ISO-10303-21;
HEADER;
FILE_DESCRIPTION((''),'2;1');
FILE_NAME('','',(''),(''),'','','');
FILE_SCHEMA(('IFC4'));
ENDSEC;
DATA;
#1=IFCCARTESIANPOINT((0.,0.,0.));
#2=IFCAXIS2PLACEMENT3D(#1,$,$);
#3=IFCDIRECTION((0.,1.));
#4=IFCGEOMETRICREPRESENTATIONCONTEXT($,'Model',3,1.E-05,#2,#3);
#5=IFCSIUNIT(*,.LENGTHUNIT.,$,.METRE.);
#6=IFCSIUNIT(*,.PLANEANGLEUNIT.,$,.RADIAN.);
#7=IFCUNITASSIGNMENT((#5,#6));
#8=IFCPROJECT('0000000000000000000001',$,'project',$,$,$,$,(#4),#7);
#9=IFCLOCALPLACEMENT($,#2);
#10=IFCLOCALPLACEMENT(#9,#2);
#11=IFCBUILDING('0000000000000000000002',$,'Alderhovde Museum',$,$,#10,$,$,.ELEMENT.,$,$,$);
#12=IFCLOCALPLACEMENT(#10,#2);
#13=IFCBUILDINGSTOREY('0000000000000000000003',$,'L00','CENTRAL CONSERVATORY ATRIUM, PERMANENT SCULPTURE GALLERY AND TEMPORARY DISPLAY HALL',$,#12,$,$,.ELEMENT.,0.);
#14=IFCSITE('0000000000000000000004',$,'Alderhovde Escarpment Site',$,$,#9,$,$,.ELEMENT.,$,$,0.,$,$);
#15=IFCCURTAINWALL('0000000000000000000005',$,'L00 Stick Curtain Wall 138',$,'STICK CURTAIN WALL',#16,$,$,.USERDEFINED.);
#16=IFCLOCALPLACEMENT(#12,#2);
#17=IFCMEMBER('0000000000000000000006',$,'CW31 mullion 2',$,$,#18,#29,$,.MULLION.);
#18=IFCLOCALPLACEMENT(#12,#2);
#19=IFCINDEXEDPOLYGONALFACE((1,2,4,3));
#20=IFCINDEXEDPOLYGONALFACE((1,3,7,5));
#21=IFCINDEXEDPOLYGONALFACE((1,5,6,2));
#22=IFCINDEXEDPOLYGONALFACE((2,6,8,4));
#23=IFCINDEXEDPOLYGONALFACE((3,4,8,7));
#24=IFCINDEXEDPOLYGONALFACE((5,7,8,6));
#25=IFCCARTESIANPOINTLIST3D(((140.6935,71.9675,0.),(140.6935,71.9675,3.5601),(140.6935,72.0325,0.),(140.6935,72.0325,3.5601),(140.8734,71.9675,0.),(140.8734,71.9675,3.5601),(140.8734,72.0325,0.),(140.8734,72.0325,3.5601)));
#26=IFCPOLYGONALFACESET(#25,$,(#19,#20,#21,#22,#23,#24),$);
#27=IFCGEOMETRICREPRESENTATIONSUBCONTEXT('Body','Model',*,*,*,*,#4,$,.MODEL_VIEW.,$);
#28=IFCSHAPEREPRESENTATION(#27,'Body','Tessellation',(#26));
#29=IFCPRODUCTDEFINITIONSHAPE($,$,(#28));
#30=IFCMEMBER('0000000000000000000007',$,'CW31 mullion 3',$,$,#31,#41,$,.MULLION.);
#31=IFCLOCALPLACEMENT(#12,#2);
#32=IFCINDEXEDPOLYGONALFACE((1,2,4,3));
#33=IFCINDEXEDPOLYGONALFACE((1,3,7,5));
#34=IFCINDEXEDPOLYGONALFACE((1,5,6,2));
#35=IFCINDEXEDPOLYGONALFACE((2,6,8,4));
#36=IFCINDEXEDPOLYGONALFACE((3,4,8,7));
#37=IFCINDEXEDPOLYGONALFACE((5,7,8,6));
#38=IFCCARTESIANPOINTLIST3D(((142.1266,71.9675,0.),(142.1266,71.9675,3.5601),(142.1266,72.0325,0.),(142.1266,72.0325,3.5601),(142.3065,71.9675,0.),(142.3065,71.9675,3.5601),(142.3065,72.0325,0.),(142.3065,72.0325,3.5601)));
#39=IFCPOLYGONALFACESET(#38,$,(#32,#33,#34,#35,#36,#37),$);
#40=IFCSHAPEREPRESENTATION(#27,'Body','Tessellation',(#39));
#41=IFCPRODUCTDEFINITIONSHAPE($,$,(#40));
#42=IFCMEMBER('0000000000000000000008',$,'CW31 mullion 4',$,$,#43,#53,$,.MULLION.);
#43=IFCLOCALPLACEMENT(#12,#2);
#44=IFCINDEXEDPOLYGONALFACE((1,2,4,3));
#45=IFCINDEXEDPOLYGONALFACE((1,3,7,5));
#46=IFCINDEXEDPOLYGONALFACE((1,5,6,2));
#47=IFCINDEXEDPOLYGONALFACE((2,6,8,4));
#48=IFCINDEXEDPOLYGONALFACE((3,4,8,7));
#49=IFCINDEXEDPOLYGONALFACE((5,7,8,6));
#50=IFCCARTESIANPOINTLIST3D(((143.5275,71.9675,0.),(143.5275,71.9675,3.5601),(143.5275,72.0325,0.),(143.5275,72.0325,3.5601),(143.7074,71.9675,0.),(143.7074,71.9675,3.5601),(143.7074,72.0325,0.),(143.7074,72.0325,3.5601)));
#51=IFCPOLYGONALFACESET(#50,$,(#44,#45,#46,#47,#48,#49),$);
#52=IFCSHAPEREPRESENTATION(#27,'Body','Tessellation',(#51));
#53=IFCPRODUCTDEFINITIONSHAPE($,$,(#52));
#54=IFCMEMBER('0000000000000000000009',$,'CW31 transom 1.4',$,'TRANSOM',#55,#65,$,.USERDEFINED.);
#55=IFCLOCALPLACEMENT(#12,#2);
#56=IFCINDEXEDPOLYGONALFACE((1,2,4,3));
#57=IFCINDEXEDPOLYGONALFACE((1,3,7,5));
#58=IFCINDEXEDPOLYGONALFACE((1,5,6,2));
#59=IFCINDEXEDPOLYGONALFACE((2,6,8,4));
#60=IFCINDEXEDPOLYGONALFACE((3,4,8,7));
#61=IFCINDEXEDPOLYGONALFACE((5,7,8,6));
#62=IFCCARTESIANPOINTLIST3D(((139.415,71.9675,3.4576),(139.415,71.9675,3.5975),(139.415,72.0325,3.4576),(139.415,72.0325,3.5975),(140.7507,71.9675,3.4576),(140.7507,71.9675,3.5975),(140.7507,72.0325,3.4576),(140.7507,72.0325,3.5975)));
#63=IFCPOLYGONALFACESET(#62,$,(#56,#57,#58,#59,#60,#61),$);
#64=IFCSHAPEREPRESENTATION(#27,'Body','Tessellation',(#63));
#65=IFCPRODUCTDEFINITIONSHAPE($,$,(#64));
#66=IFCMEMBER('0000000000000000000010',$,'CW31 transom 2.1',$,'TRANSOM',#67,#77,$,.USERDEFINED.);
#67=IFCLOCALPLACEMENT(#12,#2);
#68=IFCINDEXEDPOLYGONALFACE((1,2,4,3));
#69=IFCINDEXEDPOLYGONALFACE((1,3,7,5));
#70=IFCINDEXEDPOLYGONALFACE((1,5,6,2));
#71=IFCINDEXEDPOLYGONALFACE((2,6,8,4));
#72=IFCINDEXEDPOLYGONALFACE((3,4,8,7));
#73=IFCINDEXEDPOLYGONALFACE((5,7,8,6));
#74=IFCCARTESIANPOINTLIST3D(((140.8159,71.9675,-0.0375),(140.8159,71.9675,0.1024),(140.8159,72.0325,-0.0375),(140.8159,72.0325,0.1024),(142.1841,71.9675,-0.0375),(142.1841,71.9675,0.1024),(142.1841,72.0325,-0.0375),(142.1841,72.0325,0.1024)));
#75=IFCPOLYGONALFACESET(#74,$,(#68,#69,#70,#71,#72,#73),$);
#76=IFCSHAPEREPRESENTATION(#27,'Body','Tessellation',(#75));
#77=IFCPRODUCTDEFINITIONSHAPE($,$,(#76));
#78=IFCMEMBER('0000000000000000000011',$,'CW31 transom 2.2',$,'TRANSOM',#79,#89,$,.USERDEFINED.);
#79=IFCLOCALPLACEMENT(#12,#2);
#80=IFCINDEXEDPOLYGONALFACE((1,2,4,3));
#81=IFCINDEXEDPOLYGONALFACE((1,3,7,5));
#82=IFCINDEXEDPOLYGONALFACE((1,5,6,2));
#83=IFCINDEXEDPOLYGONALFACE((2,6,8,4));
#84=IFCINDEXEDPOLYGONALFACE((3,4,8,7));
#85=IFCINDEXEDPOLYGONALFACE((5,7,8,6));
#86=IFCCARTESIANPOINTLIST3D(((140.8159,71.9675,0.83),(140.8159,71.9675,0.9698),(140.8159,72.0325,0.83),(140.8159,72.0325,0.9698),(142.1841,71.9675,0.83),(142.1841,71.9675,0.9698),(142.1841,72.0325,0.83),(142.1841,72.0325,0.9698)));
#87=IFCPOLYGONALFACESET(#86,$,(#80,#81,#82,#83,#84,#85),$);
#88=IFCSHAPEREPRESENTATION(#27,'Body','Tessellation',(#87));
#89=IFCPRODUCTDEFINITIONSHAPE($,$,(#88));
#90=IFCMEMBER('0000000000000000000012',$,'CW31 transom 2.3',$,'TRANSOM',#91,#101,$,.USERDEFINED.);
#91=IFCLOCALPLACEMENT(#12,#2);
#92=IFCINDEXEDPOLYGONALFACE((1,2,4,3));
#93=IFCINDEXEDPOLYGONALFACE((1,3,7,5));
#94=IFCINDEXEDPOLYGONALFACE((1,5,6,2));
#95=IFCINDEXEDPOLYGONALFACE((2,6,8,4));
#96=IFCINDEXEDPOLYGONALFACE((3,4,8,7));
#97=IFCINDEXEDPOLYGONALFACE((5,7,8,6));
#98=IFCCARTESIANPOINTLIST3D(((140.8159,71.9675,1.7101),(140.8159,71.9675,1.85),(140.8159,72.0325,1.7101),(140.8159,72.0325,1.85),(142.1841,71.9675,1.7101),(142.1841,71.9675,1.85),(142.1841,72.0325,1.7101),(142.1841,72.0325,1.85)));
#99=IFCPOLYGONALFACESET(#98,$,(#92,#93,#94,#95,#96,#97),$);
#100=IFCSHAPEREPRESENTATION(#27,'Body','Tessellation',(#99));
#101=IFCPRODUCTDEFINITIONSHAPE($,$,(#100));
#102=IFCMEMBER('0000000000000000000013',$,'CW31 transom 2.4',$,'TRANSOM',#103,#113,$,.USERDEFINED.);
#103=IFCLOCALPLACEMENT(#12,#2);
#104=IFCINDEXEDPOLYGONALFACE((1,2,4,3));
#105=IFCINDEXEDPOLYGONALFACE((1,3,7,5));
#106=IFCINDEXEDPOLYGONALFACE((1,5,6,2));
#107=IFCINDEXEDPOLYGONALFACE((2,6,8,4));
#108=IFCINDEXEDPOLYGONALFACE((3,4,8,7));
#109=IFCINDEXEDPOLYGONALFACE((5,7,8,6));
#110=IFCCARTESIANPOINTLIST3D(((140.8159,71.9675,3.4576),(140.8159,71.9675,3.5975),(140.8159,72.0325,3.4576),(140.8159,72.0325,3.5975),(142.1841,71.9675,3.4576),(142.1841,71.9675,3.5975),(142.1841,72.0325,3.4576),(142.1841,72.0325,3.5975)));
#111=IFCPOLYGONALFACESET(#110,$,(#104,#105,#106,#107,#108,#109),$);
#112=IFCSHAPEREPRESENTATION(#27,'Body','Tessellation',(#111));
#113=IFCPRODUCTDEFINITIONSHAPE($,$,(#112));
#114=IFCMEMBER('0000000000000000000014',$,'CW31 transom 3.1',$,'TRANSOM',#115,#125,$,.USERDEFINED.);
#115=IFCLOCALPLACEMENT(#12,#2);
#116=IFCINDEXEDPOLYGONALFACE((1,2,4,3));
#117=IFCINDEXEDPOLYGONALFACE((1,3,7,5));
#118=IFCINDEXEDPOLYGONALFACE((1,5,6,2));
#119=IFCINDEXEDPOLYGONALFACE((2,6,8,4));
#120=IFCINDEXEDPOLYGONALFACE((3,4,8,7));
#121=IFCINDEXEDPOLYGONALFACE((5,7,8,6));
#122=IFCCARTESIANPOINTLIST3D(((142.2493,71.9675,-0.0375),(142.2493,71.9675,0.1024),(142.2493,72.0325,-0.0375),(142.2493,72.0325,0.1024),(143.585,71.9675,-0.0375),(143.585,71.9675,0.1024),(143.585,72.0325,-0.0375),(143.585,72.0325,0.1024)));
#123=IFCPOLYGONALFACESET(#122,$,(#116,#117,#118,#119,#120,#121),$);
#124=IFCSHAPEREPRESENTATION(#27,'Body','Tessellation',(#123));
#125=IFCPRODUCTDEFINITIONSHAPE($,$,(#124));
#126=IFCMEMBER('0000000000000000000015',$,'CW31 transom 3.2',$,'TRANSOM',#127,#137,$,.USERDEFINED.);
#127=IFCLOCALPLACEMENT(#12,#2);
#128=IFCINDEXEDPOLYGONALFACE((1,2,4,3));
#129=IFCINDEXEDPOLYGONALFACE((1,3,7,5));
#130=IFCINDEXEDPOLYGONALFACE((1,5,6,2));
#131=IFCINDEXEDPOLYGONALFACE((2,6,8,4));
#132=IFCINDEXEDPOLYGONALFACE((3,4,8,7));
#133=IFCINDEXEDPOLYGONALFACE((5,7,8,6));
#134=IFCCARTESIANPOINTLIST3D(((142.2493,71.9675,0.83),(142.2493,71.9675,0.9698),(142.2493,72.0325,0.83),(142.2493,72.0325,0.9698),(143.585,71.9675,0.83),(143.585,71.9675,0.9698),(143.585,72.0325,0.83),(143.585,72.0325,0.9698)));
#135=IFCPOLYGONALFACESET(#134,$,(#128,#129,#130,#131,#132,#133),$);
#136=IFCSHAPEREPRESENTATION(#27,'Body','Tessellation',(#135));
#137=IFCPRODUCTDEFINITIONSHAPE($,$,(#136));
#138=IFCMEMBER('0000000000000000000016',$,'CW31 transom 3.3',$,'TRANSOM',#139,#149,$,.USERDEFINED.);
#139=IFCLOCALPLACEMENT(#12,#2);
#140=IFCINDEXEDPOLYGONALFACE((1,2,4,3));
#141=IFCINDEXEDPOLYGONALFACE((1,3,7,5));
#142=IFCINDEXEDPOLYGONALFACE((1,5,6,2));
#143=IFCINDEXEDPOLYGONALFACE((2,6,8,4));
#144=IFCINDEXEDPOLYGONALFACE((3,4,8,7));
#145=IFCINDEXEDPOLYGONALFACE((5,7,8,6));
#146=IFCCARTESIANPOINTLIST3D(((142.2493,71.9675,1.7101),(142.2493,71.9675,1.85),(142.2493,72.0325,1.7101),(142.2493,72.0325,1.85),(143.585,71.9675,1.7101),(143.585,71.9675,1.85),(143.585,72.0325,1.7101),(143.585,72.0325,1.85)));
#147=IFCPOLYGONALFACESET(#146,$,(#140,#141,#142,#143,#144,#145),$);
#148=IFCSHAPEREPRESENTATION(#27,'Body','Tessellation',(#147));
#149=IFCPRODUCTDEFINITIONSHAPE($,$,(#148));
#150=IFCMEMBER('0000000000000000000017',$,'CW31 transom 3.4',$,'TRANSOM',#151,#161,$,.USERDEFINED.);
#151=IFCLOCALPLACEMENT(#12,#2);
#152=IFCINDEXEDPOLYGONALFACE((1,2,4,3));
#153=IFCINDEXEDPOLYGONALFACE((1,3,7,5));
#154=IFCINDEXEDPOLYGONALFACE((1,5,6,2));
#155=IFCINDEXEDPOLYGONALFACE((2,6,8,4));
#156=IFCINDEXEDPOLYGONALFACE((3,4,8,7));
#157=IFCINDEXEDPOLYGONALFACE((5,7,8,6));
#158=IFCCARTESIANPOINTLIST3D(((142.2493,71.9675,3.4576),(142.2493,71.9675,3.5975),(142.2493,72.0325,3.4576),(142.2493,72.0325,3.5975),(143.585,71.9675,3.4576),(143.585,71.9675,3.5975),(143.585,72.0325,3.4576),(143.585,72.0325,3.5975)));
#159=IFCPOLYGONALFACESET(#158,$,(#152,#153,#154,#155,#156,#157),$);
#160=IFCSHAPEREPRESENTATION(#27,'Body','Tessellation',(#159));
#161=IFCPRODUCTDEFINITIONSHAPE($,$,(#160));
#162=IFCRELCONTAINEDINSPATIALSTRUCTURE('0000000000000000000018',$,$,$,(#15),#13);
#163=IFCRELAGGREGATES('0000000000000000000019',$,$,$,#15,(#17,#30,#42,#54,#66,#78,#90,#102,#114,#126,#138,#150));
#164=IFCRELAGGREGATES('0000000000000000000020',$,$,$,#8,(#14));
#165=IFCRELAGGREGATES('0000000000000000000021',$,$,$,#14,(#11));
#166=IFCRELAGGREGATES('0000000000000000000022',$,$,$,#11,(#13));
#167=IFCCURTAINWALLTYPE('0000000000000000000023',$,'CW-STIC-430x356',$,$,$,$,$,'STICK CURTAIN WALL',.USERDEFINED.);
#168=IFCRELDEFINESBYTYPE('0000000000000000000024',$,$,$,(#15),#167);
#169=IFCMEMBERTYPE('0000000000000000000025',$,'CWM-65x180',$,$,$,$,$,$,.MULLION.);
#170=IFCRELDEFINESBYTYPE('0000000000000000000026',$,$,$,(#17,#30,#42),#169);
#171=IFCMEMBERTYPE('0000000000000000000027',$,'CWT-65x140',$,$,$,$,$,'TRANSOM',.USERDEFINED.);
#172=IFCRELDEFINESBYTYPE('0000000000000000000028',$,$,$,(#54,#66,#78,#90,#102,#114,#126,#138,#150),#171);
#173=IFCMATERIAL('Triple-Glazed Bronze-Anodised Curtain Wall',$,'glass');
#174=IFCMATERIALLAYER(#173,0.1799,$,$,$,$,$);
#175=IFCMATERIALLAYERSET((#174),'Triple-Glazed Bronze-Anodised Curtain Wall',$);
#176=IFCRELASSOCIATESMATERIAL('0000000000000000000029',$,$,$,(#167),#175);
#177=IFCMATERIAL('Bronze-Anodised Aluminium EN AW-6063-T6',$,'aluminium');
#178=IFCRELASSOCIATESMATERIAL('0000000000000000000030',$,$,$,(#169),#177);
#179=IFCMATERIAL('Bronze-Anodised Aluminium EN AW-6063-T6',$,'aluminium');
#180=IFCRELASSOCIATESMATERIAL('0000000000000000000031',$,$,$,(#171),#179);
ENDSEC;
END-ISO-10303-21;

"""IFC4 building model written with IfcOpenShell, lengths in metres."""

from ifc_helpers import new_model, si_unit, direction, frame, origin, origin_2d, place, context, subcontext, project, spatial, rectangle, extrude, material, layer, layer_set, material_profile, profile_set, type_object, element, aggregate, save


model = new_model("IFC4")

# Units and contexts
model_context = context("Model", 3, precision=1e-05, world=origin(), true_north=direction((0.0, 1.0)))
body_context = subcontext(model_context, "Body", "Model", "MODEL_VIEW")
ifc_project = project(units=[si_unit("LENGTHUNIT", "METRE"), si_unit("PLANEANGLEUNIT", "RADIAN")], contexts=[model_context])

# Site, building, storey
site_placement = place(None, origin())
site = spatial("IfcSite", under=ifc_project, at=site_placement, Name="Alderhovde Escarpment Site", CompositionType="ELEMENT", RefElevation=0.0)
building_placement = place(site_placement, origin())
building = spatial("IfcBuilding", under=site, at=building_placement, Name="Alderhovde Museum", CompositionType="ELEMENT")
storey_placement = place(building_placement, origin())
storey = spatial("IfcBuildingStorey", under=building, at=storey_placement, Name="L00", Description="CENTRAL CONSERVATORY ATRIUM, PERMANENT SCULPTURE GALLERY AND TEMPORARY DISPLAY HALL", CompositionType="ELEMENT", Elevation=0.0)

# Curtain wall, members
ifc_material_1 = material(Name="Triple-Glazed Bronze-Anodised Curtain Wall", Category="glass")
ifc_layer_1 = layer(ifc_material_1, 0.1799)
ifc_layer_set_1 = layer_set([ifc_layer_1], Name="Triple-Glazed Bronze-Anodised Curtain Wall")
curtain_wall_type = type_object("IfcCurtainWallType", Name="CW-STIC-430x356", ElementType="STICK CURTAIN WALL", PredefinedType="USERDEFINED", material=ifc_layer_set_1)
curtain_wall_placement = place(storey_placement, origin())
curtain_wall = element("IfcCurtainWall", 1, at=curtain_wall_placement, inside=storey, type_object=curtain_wall_type, Name="L00 Stick Curtain Wall 138", ObjectType="STICK CURTAIN WALL", PredefinedType="USERDEFINED")
ifc_material_2 = material(Name="Bronze-Anodised Aluminium EN AW-6063-T6", Category="aluminium")
ifc_material_profile_1 = material_profile(ifc_material_2, rectangle(XDim=0.0649, YDim=0.1799, at=origin_2d()), Name="MULLION 65x180")
ifc_profile_set_1 = profile_set([ifc_material_profile_1], Name="Bronze-Anodised Aluminium EN AW-6063-T6")
member_type_1 = type_object("IfcMemberType", Name="CWM-65x180", PredefinedType="MULLION", material=ifc_profile_set_1)
member_1_placement = place(storey_placement, frame((140.7834, 72.0, 0.0), z_axis=(0.0, 0.0, 1.0), x_axis=(0.0, 1.0, 0.0)))
member_1 = element("IfcMember", 2, at=member_1_placement, type_object=member_type_1, Name="CW31 mullion 2", PredefinedType="MULLION", context=body_context, shape_type="SweptSolid", body=[
    extrude(rectangle(XDim=0.0649, YDim=0.1799, at=origin_2d()), origin(), (0.0, 0.0, 1.0), 3.5601),
])
member_2_placement = place(storey_placement, frame((142.2166, 72.0, 0.0), z_axis=(0.0, 0.0, 1.0), x_axis=(0.0, 1.0, 0.0)))
member_2 = element("IfcMember", 3, at=member_2_placement, type_object=member_type_1, Name="CW31 mullion 3", PredefinedType="MULLION", context=body_context, shape_type="SweptSolid", body=[
    extrude(rectangle(XDim=0.0649, YDim=0.1799, at=origin_2d()), origin(), (0.0, 0.0, 1.0), 3.5601),
])
member_3_placement = place(storey_placement, frame((143.6174, 72.0, 0.0), z_axis=(0.0, 0.0, 1.0), x_axis=(0.0, 1.0, 0.0)))
member_3 = element("IfcMember", 4, at=member_3_placement, type_object=member_type_1, Name="CW31 mullion 4", PredefinedType="MULLION", context=body_context, shape_type="SweptSolid", body=[
    extrude(rectangle(XDim=0.0649, YDim=0.1799, at=origin_2d()), origin(), (0.0, 0.0, 1.0), 3.5601),
])
ifc_material_3 = material(Name="Bronze-Anodised Aluminium EN AW-6063-T6", Category="aluminium")
ifc_material_profile_2 = material_profile(ifc_material_3, rectangle(XDim=0.0649, YDim=0.1399, at=origin_2d()), Name="TRANSOM 65x140")
ifc_profile_set_2 = profile_set([ifc_material_profile_2], Name="Bronze-Anodised Aluminium EN AW-6063-T6")
member_type_2 = type_object("IfcMemberType", Name="CWT-65x140", ElementType="TRANSOM", PredefinedType="USERDEFINED", material=ifc_profile_set_2)
member_4_placement = place(storey_placement, frame((139.415, 72.0, 3.5276), z_axis=(1.0, 0.0, 0.0), x_axis=(0.0, 1.0, 0.0)))
member_4 = element("IfcMember", 5, at=member_4_placement, type_object=member_type_2, Name="CW31 transom 1.4", ObjectType="TRANSOM", PredefinedType="USERDEFINED", context=body_context, shape_type="SweptSolid", body=[
    extrude(rectangle(XDim=0.0649, YDim=0.1399, at=origin_2d()), origin(), (0.0, 0.0, 1.0), 1.3357),
])
member_5_placement = place(storey_placement, frame((140.8159, 72.0, 0.0325), z_axis=(1.0, 0.0, 0.0), x_axis=(0.0, 1.0, 0.0)))
member_5 = element("IfcMember", 6, at=member_5_placement, type_object=member_type_2, Name="CW31 transom 2.1", ObjectType="TRANSOM", PredefinedType="USERDEFINED", context=body_context, shape_type="SweptSolid", body=[
    extrude(rectangle(XDim=0.0649, YDim=0.1399, at=origin_2d()), origin(), (0.0, 0.0, 1.0), 1.3682),
])
member_6_placement = place(storey_placement, frame((140.8159, 72.0, 0.8999), z_axis=(1.0, 0.0, 0.0), x_axis=(0.0, 1.0, 0.0)))
member_6 = element("IfcMember", 7, at=member_6_placement, type_object=member_type_2, Name="CW31 transom 2.2", ObjectType="TRANSOM", PredefinedType="USERDEFINED", context=body_context, shape_type="SweptSolid", body=[
    extrude(rectangle(XDim=0.0649, YDim=0.1399, at=origin_2d()), origin(), (0.0, 0.0, 1.0), 1.3682),
])
member_7_placement = place(storey_placement, frame((140.8159, 72.0, 1.78), z_axis=(1.0, 0.0, 0.0), x_axis=(0.0, 1.0, 0.0)))
member_7 = element("IfcMember", 8, at=member_7_placement, type_object=member_type_2, Name="CW31 transom 2.3", ObjectType="TRANSOM", PredefinedType="USERDEFINED", context=body_context, shape_type="SweptSolid", body=[
    extrude(rectangle(XDim=0.0649, YDim=0.1399, at=origin_2d()), origin(), (0.0, 0.0, 1.0), 1.3682),
])
member_8_placement = place(storey_placement, frame((140.8159, 72.0, 3.5276), z_axis=(1.0, 0.0, 0.0), x_axis=(0.0, 1.0, 0.0)))
member_8 = element("IfcMember", 9, at=member_8_placement, type_object=member_type_2, Name="CW31 transom 2.4", ObjectType="TRANSOM", PredefinedType="USERDEFINED", context=body_context, shape_type="SweptSolid", body=[
    extrude(rectangle(XDim=0.0649, YDim=0.1399, at=origin_2d()), origin(), (0.0, 0.0, 1.0), 1.3682),
])
member_9_placement = place(storey_placement, frame((142.2493, 72.0, 0.0325), z_axis=(1.0, 0.0, 0.0), x_axis=(0.0, 1.0, 0.0)))
member_9 = element("IfcMember", 10, at=member_9_placement, type_object=member_type_2, Name="CW31 transom 3.1", ObjectType="TRANSOM", PredefinedType="USERDEFINED", context=body_context, shape_type="SweptSolid", body=[
    extrude(rectangle(XDim=0.0649, YDim=0.1399, at=origin_2d()), origin(), (0.0, 0.0, 1.0), 1.3357),
])
member_10_placement = place(storey_placement, frame((142.2493, 72.0, 0.8999), z_axis=(1.0, 0.0, 0.0), x_axis=(0.0, 1.0, 0.0)))
member_10 = element("IfcMember", 11, at=member_10_placement, type_object=member_type_2, Name="CW31 transom 3.2", ObjectType="TRANSOM", PredefinedType="USERDEFINED", context=body_context, shape_type="SweptSolid", body=[
    extrude(rectangle(XDim=0.0649, YDim=0.1399, at=origin_2d()), origin(), (0.0, 0.0, 1.0), 1.3357),
])
member_11_placement = place(storey_placement, frame((142.2493, 72.0, 1.78), z_axis=(1.0, 0.0, 0.0), x_axis=(0.0, 1.0, 0.0)))
member_11 = element("IfcMember", 12, at=member_11_placement, type_object=member_type_2, Name="CW31 transom 3.3", ObjectType="TRANSOM", PredefinedType="USERDEFINED", context=body_context, shape_type="SweptSolid", body=[
    extrude(rectangle(XDim=0.0649, YDim=0.1399, at=origin_2d()), origin(), (0.0, 0.0, 1.0), 1.3357),
])
member_12_placement = place(storey_placement, frame((142.2493, 72.0, 3.5276), z_axis=(1.0, 0.0, 0.0), x_axis=(0.0, 1.0, 0.0)))
member_12 = element("IfcMember", 13, at=member_12_placement, type_object=member_type_2, Name="CW31 transom 3.4", ObjectType="TRANSOM", PredefinedType="USERDEFINED", context=body_context, shape_type="SweptSolid", body=[
    extrude(rectangle(XDim=0.0649, YDim=0.1399, at=origin_2d()), origin(), (0.0, 0.0, 1.0), 1.3357),
])

aggregate(curtain_wall, [member_1, member_2, member_3, member_4, member_5, member_6, member_7, member_8, member_9, member_10, member_11, member_12])

save(model, "model.ifc")
